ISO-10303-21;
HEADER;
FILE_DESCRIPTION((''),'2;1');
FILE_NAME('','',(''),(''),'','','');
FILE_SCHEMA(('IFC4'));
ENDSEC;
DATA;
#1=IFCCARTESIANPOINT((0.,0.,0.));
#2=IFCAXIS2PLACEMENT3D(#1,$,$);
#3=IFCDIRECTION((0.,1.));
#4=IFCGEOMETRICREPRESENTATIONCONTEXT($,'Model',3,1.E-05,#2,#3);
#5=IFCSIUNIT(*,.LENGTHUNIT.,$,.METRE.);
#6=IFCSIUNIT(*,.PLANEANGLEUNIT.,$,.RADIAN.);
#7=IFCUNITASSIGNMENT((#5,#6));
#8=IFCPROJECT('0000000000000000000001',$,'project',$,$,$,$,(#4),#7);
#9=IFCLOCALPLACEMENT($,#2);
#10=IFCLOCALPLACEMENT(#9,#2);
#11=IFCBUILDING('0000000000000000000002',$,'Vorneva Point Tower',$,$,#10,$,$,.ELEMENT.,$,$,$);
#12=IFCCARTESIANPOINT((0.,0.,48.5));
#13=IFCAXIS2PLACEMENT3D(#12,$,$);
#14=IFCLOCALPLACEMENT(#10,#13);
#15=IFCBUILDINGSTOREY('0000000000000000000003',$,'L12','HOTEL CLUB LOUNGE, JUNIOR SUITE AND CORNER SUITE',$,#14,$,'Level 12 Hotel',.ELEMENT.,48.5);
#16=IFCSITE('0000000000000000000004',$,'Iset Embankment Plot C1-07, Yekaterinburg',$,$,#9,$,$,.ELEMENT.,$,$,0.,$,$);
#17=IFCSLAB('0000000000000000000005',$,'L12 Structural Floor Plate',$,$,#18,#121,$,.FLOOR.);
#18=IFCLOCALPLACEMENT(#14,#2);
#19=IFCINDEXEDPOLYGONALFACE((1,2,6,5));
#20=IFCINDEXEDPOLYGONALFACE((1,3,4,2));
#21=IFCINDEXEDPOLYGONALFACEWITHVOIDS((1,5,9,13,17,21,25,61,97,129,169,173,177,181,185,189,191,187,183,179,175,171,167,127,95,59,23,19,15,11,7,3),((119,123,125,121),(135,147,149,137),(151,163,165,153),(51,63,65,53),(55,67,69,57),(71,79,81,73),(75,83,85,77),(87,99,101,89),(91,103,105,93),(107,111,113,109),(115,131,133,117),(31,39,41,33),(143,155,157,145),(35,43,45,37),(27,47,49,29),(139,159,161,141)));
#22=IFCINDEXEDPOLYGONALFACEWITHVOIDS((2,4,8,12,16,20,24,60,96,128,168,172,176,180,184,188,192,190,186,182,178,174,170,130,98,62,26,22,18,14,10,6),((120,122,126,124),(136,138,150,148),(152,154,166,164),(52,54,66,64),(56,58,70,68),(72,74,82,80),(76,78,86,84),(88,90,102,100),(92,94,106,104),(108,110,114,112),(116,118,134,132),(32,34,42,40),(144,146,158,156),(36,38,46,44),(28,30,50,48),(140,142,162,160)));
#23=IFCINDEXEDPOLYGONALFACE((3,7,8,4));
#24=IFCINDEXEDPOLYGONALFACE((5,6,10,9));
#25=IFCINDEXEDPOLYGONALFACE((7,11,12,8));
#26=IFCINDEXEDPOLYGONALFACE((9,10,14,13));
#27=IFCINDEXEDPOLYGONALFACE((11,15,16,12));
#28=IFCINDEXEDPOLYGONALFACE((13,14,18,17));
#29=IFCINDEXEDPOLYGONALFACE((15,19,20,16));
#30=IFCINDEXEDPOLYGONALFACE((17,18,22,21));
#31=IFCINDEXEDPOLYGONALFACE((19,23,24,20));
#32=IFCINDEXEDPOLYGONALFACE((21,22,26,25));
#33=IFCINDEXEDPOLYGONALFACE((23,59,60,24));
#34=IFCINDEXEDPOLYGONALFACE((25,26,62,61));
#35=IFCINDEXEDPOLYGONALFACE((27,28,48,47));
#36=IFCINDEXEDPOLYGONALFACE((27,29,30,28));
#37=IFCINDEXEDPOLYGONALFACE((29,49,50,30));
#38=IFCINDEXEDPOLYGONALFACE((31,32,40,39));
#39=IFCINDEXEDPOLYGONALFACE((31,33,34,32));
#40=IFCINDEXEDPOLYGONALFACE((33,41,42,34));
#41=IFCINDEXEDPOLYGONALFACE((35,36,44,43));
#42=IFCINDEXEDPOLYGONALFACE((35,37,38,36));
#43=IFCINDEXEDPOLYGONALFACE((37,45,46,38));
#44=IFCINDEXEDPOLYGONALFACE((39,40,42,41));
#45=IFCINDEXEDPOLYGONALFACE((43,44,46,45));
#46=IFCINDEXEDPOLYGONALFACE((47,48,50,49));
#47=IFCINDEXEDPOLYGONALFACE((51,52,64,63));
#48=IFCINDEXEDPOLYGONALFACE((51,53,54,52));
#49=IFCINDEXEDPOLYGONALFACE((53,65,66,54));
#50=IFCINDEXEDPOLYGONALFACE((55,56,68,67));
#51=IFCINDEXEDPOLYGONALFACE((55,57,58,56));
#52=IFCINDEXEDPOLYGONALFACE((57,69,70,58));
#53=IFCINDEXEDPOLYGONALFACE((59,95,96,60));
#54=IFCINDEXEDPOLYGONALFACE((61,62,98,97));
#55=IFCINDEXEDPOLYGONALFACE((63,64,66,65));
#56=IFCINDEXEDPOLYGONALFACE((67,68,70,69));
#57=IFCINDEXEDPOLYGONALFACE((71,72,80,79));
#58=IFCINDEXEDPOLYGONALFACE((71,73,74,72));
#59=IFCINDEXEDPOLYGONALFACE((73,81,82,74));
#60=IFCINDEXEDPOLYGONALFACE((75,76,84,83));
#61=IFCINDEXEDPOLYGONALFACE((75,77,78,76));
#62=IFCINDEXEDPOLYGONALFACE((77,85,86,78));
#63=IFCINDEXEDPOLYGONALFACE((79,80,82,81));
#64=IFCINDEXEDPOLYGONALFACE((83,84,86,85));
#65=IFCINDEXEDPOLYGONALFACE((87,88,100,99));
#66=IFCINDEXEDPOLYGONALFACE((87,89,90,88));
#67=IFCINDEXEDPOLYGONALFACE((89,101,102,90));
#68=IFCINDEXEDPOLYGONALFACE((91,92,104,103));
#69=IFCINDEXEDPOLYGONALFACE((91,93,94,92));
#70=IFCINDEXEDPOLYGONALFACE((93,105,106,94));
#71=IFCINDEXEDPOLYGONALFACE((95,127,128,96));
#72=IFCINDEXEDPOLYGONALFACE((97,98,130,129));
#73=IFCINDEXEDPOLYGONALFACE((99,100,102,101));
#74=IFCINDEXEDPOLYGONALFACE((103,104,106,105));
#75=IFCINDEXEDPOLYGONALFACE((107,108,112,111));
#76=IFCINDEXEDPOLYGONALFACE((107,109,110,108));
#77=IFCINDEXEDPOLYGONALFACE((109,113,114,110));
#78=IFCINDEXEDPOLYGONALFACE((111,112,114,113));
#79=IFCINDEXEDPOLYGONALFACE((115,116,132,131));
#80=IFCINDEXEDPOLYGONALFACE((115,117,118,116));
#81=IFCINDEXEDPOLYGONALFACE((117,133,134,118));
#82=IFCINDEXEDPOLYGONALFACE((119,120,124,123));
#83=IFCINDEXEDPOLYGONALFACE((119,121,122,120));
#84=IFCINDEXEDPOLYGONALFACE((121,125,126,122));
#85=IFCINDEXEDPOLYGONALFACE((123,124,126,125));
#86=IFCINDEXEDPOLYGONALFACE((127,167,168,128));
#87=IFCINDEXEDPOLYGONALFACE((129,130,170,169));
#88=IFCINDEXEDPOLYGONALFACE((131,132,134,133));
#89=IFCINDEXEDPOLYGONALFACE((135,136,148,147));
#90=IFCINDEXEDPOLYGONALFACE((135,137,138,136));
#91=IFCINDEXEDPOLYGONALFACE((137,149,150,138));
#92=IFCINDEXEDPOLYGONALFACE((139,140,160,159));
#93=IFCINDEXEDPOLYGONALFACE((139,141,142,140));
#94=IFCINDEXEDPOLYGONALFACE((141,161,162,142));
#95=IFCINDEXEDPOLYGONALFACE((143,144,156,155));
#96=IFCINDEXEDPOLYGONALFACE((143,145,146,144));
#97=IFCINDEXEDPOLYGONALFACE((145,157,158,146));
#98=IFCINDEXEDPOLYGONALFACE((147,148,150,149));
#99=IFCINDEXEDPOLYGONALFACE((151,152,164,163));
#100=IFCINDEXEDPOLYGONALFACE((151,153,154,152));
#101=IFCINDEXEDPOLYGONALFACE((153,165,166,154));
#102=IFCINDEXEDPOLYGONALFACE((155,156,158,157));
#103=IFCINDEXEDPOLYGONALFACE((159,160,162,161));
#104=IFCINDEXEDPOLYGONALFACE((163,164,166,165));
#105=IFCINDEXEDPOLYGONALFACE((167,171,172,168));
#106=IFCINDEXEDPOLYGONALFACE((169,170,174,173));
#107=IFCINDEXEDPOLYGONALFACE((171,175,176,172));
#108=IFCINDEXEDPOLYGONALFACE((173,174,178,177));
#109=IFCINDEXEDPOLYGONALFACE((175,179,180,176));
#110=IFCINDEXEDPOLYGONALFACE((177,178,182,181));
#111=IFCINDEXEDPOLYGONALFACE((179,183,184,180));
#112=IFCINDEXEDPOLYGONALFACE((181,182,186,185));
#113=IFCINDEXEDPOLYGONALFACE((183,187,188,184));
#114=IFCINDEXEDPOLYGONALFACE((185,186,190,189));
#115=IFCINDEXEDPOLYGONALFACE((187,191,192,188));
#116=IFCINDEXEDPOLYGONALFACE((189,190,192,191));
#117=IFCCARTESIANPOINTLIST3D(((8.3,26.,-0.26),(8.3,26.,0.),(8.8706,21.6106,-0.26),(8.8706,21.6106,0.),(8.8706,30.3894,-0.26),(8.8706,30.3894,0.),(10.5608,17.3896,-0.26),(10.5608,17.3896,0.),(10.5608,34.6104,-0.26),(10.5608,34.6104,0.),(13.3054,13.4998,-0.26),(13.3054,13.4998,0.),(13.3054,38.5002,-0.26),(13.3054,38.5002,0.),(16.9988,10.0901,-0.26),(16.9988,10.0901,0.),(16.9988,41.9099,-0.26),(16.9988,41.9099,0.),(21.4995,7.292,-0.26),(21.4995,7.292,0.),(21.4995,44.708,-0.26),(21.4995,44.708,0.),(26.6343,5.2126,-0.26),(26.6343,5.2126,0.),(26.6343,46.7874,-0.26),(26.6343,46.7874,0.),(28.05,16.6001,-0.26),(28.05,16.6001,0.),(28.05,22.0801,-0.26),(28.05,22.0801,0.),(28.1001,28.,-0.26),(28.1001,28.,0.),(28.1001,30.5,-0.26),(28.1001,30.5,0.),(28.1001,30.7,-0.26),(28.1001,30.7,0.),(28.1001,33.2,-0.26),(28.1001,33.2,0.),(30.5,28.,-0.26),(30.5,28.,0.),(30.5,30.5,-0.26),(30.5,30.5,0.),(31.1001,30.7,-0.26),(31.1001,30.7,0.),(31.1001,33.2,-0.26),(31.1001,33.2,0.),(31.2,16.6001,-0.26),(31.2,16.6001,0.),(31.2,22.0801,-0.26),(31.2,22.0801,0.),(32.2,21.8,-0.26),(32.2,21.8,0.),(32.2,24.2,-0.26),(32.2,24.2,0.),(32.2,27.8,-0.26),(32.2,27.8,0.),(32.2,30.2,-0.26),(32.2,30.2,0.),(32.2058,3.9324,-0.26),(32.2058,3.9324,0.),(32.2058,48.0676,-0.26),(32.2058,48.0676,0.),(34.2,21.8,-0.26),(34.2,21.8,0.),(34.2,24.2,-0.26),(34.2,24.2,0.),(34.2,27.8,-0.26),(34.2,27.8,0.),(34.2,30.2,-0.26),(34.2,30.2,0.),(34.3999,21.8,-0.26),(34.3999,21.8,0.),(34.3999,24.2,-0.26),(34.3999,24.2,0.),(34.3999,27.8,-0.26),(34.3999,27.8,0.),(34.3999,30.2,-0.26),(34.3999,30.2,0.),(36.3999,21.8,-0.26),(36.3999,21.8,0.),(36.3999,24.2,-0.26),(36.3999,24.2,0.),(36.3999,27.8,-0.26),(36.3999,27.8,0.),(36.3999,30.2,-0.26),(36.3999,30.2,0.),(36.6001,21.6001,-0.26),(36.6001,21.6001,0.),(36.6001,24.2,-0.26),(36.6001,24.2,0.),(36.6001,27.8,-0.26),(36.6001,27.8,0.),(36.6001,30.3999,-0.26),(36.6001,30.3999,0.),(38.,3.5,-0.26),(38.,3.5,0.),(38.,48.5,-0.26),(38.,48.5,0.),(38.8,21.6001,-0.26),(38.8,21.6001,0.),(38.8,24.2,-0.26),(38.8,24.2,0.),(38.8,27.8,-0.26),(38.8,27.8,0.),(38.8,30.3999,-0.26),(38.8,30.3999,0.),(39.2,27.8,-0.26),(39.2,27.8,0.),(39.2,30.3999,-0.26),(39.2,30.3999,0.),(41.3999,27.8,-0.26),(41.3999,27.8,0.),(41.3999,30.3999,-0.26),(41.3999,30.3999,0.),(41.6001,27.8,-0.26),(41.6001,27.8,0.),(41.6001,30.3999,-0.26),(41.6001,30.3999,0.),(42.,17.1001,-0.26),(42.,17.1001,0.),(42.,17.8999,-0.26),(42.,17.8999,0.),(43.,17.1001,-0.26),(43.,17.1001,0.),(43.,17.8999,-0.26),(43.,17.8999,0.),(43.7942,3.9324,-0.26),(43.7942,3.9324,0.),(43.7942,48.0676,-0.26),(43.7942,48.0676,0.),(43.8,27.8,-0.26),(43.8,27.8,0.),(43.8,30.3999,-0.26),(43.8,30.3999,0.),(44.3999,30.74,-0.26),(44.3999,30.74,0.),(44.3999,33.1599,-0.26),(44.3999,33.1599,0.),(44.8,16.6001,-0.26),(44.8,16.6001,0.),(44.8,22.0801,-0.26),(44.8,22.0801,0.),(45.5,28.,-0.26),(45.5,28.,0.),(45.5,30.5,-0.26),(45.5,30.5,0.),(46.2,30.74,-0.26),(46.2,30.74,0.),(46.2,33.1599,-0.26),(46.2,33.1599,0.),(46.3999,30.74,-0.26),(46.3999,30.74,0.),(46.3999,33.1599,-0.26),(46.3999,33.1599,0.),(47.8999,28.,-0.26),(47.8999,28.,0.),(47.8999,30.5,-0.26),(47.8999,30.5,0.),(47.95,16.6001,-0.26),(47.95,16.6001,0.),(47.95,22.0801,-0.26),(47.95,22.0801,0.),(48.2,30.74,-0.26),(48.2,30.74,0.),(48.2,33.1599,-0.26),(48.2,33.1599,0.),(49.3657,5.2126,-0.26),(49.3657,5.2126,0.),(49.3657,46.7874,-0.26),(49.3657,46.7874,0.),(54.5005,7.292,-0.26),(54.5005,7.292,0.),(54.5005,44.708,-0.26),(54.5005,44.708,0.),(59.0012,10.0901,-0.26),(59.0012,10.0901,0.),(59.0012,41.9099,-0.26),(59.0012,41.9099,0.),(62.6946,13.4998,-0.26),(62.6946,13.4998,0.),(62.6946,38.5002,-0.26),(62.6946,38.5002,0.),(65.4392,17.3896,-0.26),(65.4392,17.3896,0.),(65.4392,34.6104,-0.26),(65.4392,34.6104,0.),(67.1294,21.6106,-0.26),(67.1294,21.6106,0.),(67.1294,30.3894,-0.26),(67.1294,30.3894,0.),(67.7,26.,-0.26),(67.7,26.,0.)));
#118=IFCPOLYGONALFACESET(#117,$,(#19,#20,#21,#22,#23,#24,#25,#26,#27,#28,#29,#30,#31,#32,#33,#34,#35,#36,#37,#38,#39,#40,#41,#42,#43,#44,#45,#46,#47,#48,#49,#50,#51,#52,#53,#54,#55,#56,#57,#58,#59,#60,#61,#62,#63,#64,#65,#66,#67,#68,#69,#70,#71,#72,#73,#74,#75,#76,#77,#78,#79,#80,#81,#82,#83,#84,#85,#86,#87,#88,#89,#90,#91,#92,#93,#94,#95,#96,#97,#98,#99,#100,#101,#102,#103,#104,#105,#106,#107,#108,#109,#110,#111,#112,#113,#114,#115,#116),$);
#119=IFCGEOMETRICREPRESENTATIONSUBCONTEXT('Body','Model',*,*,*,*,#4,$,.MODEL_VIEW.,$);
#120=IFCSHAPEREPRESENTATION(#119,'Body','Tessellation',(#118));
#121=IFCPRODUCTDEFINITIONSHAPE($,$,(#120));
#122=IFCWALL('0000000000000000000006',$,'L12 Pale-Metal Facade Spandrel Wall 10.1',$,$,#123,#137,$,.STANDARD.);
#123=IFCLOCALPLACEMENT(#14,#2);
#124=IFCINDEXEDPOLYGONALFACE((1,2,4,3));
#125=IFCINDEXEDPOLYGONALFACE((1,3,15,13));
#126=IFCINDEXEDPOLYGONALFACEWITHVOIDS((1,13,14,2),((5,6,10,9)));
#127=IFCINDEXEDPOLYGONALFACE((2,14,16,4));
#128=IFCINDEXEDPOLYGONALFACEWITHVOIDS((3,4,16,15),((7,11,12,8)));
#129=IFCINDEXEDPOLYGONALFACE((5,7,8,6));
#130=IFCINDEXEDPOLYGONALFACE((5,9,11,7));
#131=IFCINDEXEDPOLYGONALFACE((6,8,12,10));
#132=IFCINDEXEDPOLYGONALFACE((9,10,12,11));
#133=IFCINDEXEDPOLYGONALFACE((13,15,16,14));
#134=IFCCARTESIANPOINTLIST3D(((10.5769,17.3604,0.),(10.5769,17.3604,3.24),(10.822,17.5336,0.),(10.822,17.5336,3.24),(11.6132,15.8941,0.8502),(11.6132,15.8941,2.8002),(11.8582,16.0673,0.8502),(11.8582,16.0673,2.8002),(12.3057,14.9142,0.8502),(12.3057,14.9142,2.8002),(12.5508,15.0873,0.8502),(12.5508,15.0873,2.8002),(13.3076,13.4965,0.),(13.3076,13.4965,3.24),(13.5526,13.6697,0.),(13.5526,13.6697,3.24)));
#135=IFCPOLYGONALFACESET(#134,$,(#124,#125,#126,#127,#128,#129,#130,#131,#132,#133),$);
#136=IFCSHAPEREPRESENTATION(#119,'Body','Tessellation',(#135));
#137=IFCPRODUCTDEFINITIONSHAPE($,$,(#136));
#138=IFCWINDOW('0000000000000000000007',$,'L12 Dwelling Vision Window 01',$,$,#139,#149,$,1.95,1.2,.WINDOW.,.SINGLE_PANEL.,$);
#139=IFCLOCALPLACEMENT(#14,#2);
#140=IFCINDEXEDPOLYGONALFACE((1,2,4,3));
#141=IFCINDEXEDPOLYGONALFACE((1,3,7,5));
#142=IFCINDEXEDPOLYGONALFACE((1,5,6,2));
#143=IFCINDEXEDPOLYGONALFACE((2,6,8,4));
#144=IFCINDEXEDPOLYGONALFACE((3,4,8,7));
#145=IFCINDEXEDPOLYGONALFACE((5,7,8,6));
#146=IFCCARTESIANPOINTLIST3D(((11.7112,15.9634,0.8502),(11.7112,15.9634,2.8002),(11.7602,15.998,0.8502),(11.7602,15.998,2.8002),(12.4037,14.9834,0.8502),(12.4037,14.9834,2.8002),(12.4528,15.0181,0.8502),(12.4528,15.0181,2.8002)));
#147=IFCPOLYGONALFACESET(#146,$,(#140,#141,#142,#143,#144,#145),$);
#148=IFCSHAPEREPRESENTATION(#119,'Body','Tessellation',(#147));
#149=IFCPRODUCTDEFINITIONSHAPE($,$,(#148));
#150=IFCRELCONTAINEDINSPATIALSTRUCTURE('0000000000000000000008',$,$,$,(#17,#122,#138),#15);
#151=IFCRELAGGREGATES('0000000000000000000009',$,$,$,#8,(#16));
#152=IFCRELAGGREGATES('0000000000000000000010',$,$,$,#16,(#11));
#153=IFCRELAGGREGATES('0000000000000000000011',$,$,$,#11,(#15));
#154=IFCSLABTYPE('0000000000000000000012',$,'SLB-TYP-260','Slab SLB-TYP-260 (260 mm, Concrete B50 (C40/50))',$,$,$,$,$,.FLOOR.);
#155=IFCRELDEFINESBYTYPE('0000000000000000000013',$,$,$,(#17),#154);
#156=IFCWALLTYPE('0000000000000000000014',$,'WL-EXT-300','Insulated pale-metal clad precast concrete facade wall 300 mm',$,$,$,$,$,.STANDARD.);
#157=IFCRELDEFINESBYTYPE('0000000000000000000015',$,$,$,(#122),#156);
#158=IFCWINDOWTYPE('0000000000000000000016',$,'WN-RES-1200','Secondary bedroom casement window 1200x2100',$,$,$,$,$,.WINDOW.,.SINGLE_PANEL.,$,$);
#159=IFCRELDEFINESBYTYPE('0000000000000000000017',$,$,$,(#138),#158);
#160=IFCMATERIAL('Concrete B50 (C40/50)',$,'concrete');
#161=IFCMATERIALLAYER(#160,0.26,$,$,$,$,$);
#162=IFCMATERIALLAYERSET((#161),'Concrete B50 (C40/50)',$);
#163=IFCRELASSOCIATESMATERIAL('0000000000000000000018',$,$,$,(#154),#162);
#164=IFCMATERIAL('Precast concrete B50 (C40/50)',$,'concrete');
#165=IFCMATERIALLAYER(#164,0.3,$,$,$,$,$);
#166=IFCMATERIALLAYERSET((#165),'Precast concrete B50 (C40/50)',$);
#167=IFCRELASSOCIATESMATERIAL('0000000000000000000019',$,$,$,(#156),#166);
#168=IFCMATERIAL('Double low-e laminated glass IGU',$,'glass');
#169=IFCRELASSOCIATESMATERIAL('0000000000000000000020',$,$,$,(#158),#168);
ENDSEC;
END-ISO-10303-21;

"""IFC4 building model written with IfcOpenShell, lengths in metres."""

from ifc_helpers import new_model, si_unit, direction, frame, frame_2d, origin, place, context, subcontext, project, spatial, polyline, rectangle, outline, extrude, material, layer, layer_set, type_object, element, fill, save


model = new_model("IFC4")

# Units and contexts
model_context = context("Model", 3, precision=1e-05, world=origin(), true_north=direction((0.0, 1.0)))
body_context = subcontext(model_context, "Body", "Model", "MODEL_VIEW")
ifc_project = project(units=[si_unit("LENGTHUNIT", "METRE"), si_unit("PLANEANGLEUNIT", "RADIAN")], contexts=[model_context])

# Site, building, storey
site_placement = place(None, origin())
site = spatial("IfcSite", under=ifc_project, at=site_placement, Name="Iset Embankment Plot C1-07, Yekaterinburg", CompositionType="ELEMENT", RefElevation=0.0)
building_placement = place(site_placement, origin())
building = spatial("IfcBuilding", under=site, at=building_placement, Name="Vorneva Point Tower", CompositionType="ELEMENT")
storey_placement = place(building_placement, frame((0.0, 0.0, 48.5)))
storey = spatial("IfcBuildingStorey", under=building, at=storey_placement, Name="L12", Description="HOTEL CLUB LOUNGE, JUNIOR SUITE AND CORNER SUITE", LongName="Level 12 Hotel", CompositionType="ELEMENT", Elevation=48.5)

# Shared definitions
ifc_material_1 = material(Name="Double low-e laminated glass IGU", Category="glass")

# Shared definitions
ifc_material_2 = material(Name="Concrete B50 (C40/50)", Category="concrete")

# Slab
ifc_layer_1 = layer(ifc_material_2, 0.26)
ifc_layer_set_1 = layer_set([ifc_layer_1], Name="Concrete B50 (C40/50)")
slab_type_1 = type_object("IfcSlabType", Name="SLB-TYP-260", Description="Slab SLB-TYP-260 (260 mm, Concrete B50 (C40/50))", PredefinedType="FLOOR", material=ifc_layer_set_1)
slab_1_placement = place(storey_placement, frame((0.0, 0.0, -0.26)))
element("IfcSlab", 1, at=slab_1_placement, inside=storey, type_object=slab_type_1, Name="L12 Structural Floor Plate", PredefinedType="FLOOR", context=body_context, shape_type="SweptSolid", body=[
    extrude(outline(polyline([(67.7, 26.0), (67.1294, 30.3894), (65.4392, 34.6104), (62.6946, 38.5002), (59.0012, 41.9099), (54.5005, 44.708), (49.3657, 46.7874), (43.7942, 48.0676), (38.0, 48.5), (32.2058, 48.0676), (26.6343, 46.7874), (21.4995, 44.708), (16.9988, 41.9099), (13.3054, 38.5002), (10.5608, 34.6104), (8.8706, 30.3894), (8.3, 26.0), (8.8706, 21.6106), (10.5608, 17.3896), (13.3054, 13.4998), (16.9988, 10.0901), (21.4995, 7.292), (26.6343, 5.2126), (32.2058, 3.9324), (38.0, 3.5), (43.7942, 3.9324), (49.3657, 5.2126), (54.5005, 7.292), (59.0012, 10.0901), (62.6946, 13.4998), (65.4392, 17.3896), (67.1294, 21.6106), (67.7, 26.0)]), holes=[polyline([(32.2, 27.8), (34.2, 27.8), (34.2, 30.2), (32.2, 30.2), (32.2, 27.8)]), polyline([(34.3999, 27.8), (36.3999, 27.8), (36.3999, 30.2), (34.3999, 30.2), (34.3999, 27.8)]), polyline([(36.6001, 27.8), (38.8, 27.8), (38.8, 30.3999), (36.6001, 30.3999), (36.6001, 27.8)]), polyline([(32.2, 21.8), (34.2, 21.8), (34.2, 24.2), (32.2, 24.2), (32.2, 21.8)]), polyline([(34.3999, 21.8), (36.3999, 21.8), (36.3999, 24.2), (34.3999, 24.2), (34.3999, 21.8)]), polyline([(36.6001, 21.6001), (38.8, 21.6001), (38.8, 24.2), (36.6001, 24.2), (36.6001, 21.6001)]), polyline([(39.2, 27.8), (41.3999, 27.8), (41.3999, 30.3999), (39.2, 30.3999), (39.2, 27.8)]), polyline([(41.6001, 27.8), (43.8, 27.8), (43.8, 30.3999), (41.6001, 30.3999), (41.6001, 27.8)]), polyline([(44.3999, 30.74), (46.2, 30.74), (46.2, 33.1599), (44.3999, 33.1599), (44.3999, 30.74)]), polyline([(46.3999, 30.74), (48.2, 30.74), (48.2, 33.1599), (46.3999, 33.1599), (46.3999, 30.74)]), polyline([(28.1001, 28.0), (30.5, 28.0), (30.5, 30.5), (28.1001, 30.5), (28.1001, 28.0)]), polyline([(45.5, 28.0), (47.8999, 28.0), (47.8999, 30.5), (45.5, 30.5), (45.5, 28.0)]), polyline([(28.1001, 30.7), (31.1001, 30.7), (31.1001, 33.2), (28.1001, 33.2), (28.1001, 30.7)]), polyline([(28.05, 16.6001), (31.2, 16.6001), (31.2, 22.0801), (28.05, 22.0801), (28.05, 16.6001)]), polyline([(44.8, 16.6001), (47.95, 16.6001), (47.95, 22.0801), (44.8, 22.0801), (44.8, 16.6001)]), polyline([(42.0, 17.1001), (43.0, 17.1001), (43.0, 17.8999), (42.0, 17.8999), (42.0, 17.1001)])]), origin(), (0.0, 0.0, 1.0), 0.26),
])

# Wall, opening, window
ifc_material_3 = material(Name="Precast concrete B50 (C40/50)", Category="concrete")
ifc_layer_2 = layer(ifc_material_3, 0.3)
ifc_layer_set_2 = layer_set([ifc_layer_2], Name="Precast concrete B50 (C40/50)")
wall_type_1 = type_object("IfcWallType", Name="WL-EXT-300", Description="Insulated pale-metal clad precast concrete facade wall 300 mm", PredefinedType="STANDARD", material=ifc_layer_set_2)
wall_1_placement = place(storey_placement, frame((10.6995, 17.447, 0.0), z_axis=(0.0, 0.0, 1.0), x_axis=(0.577131, -0.816652, 0.0)))
wall_1 = element("IfcWall", 2, at=wall_1_placement, inside=storey, type_object=wall_type_1, Name="L12 Pale-Metal Facade Spandrel Wall 10.1", PredefinedType="STANDARD", context=body_context, shape_type="SweptSolid", body=[
    extrude(rectangle(XDim=4.7314, YDim=0.3, at=frame_2d((2.3657, 0.0))), origin(), (0.0, 0.0, 1.0), 3.24),
])
opening_1_placement = place(wall_1_placement, frame((1.7954, 0.0, 0.8501)))
opening_1 = element("IfcOpeningElement", 3, at=opening_1_placement, cuts=wall_1, PredefinedType="OPENING", context=body_context, shape_type="SweptSolid", body=[
    extrude(rectangle(XDim=1.2, YDim=1.95, at=frame_2d((0.6001, 0.9751))), frame((0.0, 0.165, 0.0), z_axis=(0.0, -1.0, 0.0), x_axis=(1.0, 0.0, 0.0)), (0.0, 0.0, 1.0), 0.3298),
])
window_type_1 = type_object("IfcWindowType", Name="WN-RES-1200", Description="Secondary bedroom casement window 1200x2100", PartitioningType="SINGLE_PANEL", PredefinedType="WINDOW", material=ifc_material_1)
window_1_placement = place(opening_1_placement, origin())
window_1 = element("IfcWindow", 4, at=window_1_placement, inside=storey, type_object=window_type_1, Name="L12 Dwelling Vision Window 01", OverallHeight=1.95, OverallWidth=1.2, PartitioningType="SINGLE_PANEL", PredefinedType="WINDOW", context=body_context, shape_type="SweptSolid", body=[
    extrude(rectangle(XDim=1.2, YDim=1.95, at=frame_2d((0.6001, 0.9751))), frame((0.0, 0.03, 0.0), z_axis=(0.0, -1.0, 0.0), x_axis=(1.0, 0.0, 0.0)), (0.0, 0.0, 1.0), 0.0601),
])
fill(opening_1, window_1)

save(model, "model.ifc")
